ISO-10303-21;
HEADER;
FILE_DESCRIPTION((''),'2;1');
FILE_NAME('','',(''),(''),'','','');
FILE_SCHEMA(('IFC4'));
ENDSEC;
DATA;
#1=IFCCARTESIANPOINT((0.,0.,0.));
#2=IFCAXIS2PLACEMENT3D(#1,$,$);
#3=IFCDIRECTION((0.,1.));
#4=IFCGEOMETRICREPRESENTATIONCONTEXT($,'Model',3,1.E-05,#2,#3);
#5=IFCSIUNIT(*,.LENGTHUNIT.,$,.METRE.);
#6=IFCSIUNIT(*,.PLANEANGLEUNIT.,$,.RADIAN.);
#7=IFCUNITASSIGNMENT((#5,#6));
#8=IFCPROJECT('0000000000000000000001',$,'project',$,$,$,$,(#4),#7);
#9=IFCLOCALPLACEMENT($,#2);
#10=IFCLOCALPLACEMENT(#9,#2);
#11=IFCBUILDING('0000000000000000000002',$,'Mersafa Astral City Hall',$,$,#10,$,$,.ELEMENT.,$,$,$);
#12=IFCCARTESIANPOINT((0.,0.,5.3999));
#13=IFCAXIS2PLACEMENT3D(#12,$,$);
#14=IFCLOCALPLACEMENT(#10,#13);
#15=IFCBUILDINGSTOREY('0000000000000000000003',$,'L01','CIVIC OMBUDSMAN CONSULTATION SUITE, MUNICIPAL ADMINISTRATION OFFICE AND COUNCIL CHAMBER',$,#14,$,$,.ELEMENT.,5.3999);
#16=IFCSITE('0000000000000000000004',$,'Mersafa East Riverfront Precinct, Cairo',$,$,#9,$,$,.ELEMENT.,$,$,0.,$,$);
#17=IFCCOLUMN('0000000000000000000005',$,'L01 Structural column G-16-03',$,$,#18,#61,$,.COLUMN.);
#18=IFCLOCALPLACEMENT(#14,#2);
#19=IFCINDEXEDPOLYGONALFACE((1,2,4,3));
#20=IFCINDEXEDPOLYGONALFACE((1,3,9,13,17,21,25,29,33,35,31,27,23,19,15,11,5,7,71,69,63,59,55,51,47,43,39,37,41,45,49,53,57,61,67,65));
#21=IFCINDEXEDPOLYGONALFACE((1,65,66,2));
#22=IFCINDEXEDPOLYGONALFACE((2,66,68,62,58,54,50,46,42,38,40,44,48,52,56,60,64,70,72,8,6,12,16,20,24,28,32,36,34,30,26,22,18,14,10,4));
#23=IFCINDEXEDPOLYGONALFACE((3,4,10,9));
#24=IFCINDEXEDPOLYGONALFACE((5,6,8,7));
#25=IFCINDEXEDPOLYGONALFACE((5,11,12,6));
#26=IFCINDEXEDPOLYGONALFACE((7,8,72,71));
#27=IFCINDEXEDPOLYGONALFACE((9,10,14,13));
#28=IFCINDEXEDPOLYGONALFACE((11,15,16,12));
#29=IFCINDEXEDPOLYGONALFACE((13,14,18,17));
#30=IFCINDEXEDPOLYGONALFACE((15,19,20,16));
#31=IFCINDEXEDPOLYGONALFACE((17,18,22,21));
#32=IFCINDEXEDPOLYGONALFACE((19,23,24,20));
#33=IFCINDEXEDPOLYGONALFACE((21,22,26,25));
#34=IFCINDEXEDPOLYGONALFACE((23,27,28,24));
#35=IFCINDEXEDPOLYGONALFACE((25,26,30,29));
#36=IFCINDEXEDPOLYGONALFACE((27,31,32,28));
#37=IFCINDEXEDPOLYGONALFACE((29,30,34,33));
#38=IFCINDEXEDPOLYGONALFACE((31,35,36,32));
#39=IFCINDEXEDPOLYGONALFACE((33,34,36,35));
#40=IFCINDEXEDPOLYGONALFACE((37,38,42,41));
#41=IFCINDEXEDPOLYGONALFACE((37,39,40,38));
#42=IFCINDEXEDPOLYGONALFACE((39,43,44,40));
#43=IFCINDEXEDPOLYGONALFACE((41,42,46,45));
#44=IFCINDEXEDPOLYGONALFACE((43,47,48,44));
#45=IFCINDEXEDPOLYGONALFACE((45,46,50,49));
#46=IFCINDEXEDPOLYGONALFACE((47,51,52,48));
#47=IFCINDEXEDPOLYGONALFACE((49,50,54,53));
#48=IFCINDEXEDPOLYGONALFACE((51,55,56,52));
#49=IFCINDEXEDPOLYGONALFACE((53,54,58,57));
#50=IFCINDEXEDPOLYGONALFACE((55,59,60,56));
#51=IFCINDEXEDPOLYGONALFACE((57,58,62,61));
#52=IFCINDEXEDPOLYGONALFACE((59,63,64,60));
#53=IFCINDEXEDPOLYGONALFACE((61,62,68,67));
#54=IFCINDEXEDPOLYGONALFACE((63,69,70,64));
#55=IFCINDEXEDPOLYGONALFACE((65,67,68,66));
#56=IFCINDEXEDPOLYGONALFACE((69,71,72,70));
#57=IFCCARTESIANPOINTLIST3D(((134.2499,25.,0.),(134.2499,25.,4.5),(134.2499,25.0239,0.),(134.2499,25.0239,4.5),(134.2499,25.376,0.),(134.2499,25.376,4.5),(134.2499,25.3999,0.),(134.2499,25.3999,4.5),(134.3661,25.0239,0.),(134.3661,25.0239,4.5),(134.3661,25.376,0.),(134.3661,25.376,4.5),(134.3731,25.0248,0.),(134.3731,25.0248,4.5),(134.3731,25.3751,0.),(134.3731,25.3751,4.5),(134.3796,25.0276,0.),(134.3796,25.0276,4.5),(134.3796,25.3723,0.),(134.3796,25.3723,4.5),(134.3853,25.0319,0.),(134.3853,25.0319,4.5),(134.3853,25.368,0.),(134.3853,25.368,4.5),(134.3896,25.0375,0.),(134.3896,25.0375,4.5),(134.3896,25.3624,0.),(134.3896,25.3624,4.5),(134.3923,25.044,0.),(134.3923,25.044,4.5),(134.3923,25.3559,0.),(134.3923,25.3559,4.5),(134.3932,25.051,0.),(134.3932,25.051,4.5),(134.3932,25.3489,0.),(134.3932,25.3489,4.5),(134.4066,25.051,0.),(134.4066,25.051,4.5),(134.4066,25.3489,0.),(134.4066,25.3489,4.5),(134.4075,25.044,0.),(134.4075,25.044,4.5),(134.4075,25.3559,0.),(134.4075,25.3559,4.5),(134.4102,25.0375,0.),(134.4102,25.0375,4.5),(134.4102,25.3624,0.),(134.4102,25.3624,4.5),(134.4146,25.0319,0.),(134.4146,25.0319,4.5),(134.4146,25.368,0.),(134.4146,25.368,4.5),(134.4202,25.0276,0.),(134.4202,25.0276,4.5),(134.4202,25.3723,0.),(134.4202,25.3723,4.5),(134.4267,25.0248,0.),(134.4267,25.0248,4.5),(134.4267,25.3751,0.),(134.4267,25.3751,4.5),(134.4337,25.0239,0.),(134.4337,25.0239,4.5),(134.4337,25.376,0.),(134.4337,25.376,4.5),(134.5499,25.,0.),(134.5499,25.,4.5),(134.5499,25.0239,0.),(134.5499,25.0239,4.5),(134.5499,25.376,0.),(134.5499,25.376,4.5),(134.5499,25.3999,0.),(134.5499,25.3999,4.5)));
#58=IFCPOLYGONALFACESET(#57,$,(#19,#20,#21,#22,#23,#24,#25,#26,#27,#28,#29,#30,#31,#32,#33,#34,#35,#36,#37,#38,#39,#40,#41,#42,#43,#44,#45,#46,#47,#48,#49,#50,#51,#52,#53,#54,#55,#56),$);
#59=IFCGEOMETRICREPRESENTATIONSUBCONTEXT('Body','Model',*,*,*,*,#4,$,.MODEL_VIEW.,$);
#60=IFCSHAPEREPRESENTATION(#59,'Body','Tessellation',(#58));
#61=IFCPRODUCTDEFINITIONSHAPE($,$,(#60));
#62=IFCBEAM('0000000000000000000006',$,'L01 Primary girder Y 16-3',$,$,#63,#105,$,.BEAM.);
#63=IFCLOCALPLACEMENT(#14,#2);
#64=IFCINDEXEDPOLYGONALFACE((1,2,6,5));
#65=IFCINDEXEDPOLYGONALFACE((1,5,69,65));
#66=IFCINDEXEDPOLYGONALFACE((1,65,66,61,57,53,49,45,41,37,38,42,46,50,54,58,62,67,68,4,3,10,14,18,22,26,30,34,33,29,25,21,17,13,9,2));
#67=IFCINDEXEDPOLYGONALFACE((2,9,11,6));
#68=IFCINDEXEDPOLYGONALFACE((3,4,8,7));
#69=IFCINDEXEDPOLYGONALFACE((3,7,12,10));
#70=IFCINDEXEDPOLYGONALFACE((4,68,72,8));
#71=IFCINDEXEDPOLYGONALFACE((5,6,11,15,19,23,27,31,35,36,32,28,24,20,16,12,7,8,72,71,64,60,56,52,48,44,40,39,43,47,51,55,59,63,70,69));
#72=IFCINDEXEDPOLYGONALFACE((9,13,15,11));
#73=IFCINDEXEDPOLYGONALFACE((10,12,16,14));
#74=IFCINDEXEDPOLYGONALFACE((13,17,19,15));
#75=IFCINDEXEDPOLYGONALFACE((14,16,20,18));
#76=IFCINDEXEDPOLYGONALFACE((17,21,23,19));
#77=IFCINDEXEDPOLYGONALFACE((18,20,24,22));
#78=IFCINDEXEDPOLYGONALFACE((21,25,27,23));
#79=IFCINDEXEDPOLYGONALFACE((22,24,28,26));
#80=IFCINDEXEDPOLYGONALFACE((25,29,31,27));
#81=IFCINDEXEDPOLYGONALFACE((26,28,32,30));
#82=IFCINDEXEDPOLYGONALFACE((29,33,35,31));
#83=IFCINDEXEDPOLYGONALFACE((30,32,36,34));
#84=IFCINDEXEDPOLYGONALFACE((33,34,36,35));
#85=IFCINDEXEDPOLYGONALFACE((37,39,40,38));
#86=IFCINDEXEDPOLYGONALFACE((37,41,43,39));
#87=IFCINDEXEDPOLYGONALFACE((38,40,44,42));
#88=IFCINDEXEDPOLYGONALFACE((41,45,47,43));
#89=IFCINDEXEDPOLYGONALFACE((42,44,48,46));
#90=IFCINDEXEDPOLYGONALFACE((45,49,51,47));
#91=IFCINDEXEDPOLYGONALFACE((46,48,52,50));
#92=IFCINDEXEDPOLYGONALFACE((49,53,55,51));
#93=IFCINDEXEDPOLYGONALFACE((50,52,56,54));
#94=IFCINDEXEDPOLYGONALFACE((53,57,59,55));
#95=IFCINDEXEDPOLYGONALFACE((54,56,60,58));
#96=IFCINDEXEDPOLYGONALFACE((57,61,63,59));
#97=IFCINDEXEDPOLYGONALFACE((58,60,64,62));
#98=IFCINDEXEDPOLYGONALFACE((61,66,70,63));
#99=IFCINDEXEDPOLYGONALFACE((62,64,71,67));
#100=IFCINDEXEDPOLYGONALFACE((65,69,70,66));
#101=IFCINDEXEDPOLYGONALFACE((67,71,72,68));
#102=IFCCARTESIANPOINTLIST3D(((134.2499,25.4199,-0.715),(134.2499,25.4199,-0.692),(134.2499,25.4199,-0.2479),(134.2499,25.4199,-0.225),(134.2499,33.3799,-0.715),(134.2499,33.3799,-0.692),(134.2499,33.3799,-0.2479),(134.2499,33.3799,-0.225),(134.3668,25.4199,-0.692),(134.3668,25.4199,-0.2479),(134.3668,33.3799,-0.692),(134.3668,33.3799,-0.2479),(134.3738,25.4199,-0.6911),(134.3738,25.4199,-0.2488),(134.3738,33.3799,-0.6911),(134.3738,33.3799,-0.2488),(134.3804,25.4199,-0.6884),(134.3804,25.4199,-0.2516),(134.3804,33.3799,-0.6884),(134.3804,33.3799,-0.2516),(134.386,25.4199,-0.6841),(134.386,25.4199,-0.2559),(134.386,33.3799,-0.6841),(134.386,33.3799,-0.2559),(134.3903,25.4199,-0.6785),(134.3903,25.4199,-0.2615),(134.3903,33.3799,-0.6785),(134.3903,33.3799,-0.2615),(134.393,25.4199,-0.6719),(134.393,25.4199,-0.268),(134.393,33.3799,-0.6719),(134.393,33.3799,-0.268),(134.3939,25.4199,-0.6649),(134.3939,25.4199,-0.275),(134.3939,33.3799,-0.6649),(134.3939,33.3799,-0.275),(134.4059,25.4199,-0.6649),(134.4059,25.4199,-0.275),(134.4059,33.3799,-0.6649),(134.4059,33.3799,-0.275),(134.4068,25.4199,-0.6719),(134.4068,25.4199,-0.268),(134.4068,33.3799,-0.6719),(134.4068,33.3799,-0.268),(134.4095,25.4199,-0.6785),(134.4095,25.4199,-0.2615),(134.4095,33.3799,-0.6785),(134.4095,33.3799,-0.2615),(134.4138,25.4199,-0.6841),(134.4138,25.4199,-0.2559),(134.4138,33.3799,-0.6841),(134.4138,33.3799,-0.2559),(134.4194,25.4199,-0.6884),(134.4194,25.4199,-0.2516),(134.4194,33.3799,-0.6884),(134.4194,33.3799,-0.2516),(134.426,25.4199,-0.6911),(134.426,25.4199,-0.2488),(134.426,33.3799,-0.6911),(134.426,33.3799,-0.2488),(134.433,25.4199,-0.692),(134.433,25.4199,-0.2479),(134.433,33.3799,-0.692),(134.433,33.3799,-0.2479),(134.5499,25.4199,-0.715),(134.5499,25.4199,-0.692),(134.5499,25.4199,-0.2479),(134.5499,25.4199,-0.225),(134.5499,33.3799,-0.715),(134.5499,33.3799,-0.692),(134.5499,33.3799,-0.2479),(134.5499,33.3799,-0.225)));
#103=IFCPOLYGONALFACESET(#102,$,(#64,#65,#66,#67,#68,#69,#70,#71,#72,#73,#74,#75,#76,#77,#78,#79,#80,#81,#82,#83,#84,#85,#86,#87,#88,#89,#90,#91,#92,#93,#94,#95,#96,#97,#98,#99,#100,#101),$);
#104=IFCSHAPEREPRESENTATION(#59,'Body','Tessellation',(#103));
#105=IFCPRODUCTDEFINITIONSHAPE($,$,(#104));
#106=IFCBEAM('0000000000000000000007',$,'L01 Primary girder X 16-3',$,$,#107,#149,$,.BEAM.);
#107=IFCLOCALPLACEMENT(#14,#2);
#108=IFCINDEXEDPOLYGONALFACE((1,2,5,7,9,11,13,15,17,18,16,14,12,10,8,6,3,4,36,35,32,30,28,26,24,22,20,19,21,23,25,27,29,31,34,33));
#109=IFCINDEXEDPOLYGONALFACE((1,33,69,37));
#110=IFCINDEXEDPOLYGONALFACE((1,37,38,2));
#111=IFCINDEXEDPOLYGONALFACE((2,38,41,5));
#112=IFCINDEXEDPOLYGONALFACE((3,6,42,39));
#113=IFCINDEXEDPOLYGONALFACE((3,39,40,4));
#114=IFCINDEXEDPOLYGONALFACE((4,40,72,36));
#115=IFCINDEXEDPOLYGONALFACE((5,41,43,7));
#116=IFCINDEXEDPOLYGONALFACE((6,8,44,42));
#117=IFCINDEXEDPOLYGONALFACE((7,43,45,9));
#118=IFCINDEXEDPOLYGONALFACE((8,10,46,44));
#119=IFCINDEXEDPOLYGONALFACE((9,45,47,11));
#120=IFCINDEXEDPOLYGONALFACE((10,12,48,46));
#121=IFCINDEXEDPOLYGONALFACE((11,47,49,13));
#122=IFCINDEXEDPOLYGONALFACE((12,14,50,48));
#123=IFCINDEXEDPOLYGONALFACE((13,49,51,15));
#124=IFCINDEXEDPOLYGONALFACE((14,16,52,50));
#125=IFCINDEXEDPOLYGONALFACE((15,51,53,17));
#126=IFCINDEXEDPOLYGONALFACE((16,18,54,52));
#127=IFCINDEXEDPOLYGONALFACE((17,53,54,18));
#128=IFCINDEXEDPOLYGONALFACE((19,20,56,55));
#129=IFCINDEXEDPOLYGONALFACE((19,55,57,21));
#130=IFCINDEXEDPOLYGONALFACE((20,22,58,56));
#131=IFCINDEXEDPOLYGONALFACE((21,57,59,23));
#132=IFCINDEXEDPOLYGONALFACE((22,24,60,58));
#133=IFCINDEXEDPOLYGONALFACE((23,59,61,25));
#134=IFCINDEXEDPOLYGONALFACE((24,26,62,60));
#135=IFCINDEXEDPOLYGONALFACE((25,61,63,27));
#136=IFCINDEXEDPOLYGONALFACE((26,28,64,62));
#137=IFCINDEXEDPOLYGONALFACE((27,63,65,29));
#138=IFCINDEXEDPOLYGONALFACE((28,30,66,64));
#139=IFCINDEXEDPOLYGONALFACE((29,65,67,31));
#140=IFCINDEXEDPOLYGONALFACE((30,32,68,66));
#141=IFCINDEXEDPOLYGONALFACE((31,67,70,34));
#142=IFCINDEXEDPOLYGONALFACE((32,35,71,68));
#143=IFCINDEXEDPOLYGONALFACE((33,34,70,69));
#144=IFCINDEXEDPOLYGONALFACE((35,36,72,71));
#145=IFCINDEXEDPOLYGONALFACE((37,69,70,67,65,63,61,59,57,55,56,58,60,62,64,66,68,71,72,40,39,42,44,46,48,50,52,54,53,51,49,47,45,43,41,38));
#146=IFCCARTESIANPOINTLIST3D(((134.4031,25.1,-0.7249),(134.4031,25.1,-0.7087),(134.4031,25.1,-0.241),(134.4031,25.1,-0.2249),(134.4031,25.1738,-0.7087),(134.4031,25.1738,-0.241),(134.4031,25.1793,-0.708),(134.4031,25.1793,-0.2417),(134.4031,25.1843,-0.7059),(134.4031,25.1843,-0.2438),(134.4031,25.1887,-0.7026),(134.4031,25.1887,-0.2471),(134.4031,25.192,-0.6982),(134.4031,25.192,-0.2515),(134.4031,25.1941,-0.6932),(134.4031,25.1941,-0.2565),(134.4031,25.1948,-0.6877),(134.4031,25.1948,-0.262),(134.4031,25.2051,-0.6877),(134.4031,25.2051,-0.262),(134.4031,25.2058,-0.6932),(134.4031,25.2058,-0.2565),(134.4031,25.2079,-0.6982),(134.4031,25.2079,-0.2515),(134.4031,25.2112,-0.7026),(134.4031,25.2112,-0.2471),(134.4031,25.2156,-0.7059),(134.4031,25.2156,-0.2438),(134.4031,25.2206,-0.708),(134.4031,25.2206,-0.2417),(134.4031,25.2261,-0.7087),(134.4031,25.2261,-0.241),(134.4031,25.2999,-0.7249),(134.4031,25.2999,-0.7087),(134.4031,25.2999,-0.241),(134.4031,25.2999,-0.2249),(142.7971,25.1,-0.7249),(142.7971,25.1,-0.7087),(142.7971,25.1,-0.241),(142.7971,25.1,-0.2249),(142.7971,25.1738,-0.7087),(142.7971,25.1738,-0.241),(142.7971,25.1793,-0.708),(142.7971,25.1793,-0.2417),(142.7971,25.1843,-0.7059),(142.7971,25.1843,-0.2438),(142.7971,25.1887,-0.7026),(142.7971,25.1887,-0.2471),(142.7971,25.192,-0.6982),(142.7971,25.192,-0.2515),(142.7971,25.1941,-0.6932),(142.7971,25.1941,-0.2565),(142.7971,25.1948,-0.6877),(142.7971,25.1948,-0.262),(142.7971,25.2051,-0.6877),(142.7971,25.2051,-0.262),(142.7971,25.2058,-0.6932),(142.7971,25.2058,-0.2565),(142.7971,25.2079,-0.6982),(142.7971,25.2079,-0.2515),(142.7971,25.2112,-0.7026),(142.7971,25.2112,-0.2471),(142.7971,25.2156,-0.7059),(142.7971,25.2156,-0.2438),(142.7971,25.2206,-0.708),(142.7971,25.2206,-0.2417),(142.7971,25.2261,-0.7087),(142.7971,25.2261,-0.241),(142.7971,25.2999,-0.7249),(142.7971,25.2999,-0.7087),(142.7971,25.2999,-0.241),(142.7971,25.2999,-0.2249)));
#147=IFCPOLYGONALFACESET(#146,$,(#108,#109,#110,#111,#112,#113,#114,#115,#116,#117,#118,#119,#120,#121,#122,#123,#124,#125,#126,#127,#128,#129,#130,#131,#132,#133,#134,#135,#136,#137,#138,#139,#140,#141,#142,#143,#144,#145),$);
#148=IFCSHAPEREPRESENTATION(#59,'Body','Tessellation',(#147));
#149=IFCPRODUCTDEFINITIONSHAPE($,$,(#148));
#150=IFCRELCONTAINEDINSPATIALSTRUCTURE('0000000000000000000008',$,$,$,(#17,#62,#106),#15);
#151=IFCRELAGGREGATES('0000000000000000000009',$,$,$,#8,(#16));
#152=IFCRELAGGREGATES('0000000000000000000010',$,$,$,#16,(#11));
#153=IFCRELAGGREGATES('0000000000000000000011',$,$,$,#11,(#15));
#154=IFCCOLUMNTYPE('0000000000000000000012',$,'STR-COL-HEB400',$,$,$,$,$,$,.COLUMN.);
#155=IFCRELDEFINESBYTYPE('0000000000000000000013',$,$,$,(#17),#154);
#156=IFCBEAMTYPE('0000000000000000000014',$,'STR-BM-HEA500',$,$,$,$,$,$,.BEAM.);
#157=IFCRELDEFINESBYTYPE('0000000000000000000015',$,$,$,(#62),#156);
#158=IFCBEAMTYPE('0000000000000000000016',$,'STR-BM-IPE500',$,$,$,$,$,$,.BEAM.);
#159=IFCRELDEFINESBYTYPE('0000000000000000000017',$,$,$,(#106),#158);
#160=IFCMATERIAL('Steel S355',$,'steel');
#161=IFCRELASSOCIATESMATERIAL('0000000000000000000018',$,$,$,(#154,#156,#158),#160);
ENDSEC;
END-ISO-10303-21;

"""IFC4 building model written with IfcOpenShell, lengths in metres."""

from ifc_helpers import new_model, si_unit, direction, frame, origin, origin_2d, place, context, subcontext, project, spatial, i_section, extrude, material, material_profile, profile_set, type_object, element, save


model = new_model("IFC4")

# Units and contexts
model_context = context("Model", 3, precision=1e-05, world=origin(), true_north=direction((0.0, 1.0)))
body_context = subcontext(model_context, "Body", "Model", "MODEL_VIEW")
ifc_project = project(units=[si_unit("LENGTHUNIT", "METRE"), si_unit("PLANEANGLEUNIT", "RADIAN")], contexts=[model_context])

# Site, building, storey
site_placement = place(None, origin())
site = spatial("IfcSite", under=ifc_project, at=site_placement, Name="Mersafa East Riverfront Precinct, Cairo", CompositionType="ELEMENT", RefElevation=0.0)
building_placement = place(site_placement, origin())
building = spatial("IfcBuilding", under=site, at=building_placement, Name="Mersafa Astral City Hall", CompositionType="ELEMENT")
storey_placement = place(building_placement, frame((0.0, 0.0, 5.3999)))
storey = spatial("IfcBuildingStorey", under=building, at=storey_placement, Name="L01", Description="CIVIC OMBUDSMAN CONSULTATION SUITE, MUNICIPAL ADMINISTRATION OFFICE AND COUNCIL CHAMBER", CompositionType="ELEMENT", Elevation=5.3999)

# Column
ifc_material_1 = material(Name="Steel S355", Category="steel")
ifc_material_profile_1 = material_profile(ifc_material_1, i_section(OverallWidth=0.3, OverallDepth=0.3999, WebThickness=0.0134, FlangeThickness=0.0239, FilletRadius=0.0271, at=origin_2d()), Name="HEB 400")
ifc_profile_set_1 = profile_set([ifc_material_profile_1], Name="Steel S355")
column_type = type_object("IfcColumnType", Name="STR-COL-HEB400", PredefinedType="COLUMN", material=ifc_profile_set_1)
column_placement = place(storey_placement, frame((134.3999, 25.2, 0.0), z_axis=(0.0, 0.0, 1.0), x_axis=(1.0, 0.0, 0.0)))
element("IfcColumn", 1, at=column_placement, inside=storey, type_object=column_type, Name="L01 Structural column G-16-03", PredefinedType="COLUMN", context=body_context, shape_type="SweptSolid", body=[
    extrude(i_section(OverallWidth=0.3, OverallDepth=0.3999, WebThickness=0.0134, FlangeThickness=0.0239, FilletRadius=0.0271, at=origin_2d()), origin(), (0.0, 0.0, 1.0), 4.5),
])

# Beams
ifc_material_profile_2 = material_profile(ifc_material_1, i_section(OverallWidth=0.3, OverallDepth=0.49, WebThickness=0.012, FlangeThickness=0.0229, FilletRadius=0.0271, at=origin_2d()), Name="HEA 500")
ifc_profile_set_2 = profile_set([ifc_material_profile_2], Name="Steel S355")
beam_type_1 = type_object("IfcBeamType", Name="STR-BM-HEA500", PredefinedType="BEAM", material=ifc_profile_set_2)
beam_1_placement = place(storey_placement, frame((134.3999, 25.4199, -0.47), z_axis=(0.0, 1.0, 0.0), x_axis=(-1.0, 0.0, 0.0)))
element("IfcBeam", 2, at=beam_1_placement, inside=storey, type_object=beam_type_1, Name="L01 Primary girder Y 16-3", PredefinedType="BEAM", context=body_context, shape_type="SweptSolid", body=[
    extrude(i_section(OverallWidth=0.3, OverallDepth=0.49, WebThickness=0.012, FlangeThickness=0.0229, FilletRadius=0.0271, at=origin_2d()), origin(), (0.0, 0.0, 1.0), 7.96),
])
ifc_material_profile_3 = material_profile(ifc_material_1, i_section(OverallWidth=0.2, OverallDepth=0.5, WebThickness=0.0103, FlangeThickness=0.0161, FilletRadius=0.021, at=origin_2d()), Name="IPE 500")
ifc_profile_set_3 = profile_set([ifc_material_profile_3], Name="Steel S355")
beam_type_2 = type_object("IfcBeamType", Name="STR-BM-IPE500", PredefinedType="BEAM", material=ifc_profile_set_3)
beam_2_placement = place(storey_placement, frame((134.4031, 25.2, -0.4749), z_axis=(1.0, 0.0, 0.0), x_axis=(0.0, 1.0, 0.0)))
element("IfcBeam", 3, at=beam_2_placement, inside=storey, type_object=beam_type_2, Name="L01 Primary girder X 16-3", PredefinedType="BEAM", context=body_context, shape_type="SweptSolid", body=[
    extrude(i_section(OverallWidth=0.2, OverallDepth=0.5, WebThickness=0.0103, FlangeThickness=0.0161, FilletRadius=0.021, at=origin_2d()), origin(), (0.0, 0.0, 1.0), 8.394),
])

save(model, "model.ifc")
